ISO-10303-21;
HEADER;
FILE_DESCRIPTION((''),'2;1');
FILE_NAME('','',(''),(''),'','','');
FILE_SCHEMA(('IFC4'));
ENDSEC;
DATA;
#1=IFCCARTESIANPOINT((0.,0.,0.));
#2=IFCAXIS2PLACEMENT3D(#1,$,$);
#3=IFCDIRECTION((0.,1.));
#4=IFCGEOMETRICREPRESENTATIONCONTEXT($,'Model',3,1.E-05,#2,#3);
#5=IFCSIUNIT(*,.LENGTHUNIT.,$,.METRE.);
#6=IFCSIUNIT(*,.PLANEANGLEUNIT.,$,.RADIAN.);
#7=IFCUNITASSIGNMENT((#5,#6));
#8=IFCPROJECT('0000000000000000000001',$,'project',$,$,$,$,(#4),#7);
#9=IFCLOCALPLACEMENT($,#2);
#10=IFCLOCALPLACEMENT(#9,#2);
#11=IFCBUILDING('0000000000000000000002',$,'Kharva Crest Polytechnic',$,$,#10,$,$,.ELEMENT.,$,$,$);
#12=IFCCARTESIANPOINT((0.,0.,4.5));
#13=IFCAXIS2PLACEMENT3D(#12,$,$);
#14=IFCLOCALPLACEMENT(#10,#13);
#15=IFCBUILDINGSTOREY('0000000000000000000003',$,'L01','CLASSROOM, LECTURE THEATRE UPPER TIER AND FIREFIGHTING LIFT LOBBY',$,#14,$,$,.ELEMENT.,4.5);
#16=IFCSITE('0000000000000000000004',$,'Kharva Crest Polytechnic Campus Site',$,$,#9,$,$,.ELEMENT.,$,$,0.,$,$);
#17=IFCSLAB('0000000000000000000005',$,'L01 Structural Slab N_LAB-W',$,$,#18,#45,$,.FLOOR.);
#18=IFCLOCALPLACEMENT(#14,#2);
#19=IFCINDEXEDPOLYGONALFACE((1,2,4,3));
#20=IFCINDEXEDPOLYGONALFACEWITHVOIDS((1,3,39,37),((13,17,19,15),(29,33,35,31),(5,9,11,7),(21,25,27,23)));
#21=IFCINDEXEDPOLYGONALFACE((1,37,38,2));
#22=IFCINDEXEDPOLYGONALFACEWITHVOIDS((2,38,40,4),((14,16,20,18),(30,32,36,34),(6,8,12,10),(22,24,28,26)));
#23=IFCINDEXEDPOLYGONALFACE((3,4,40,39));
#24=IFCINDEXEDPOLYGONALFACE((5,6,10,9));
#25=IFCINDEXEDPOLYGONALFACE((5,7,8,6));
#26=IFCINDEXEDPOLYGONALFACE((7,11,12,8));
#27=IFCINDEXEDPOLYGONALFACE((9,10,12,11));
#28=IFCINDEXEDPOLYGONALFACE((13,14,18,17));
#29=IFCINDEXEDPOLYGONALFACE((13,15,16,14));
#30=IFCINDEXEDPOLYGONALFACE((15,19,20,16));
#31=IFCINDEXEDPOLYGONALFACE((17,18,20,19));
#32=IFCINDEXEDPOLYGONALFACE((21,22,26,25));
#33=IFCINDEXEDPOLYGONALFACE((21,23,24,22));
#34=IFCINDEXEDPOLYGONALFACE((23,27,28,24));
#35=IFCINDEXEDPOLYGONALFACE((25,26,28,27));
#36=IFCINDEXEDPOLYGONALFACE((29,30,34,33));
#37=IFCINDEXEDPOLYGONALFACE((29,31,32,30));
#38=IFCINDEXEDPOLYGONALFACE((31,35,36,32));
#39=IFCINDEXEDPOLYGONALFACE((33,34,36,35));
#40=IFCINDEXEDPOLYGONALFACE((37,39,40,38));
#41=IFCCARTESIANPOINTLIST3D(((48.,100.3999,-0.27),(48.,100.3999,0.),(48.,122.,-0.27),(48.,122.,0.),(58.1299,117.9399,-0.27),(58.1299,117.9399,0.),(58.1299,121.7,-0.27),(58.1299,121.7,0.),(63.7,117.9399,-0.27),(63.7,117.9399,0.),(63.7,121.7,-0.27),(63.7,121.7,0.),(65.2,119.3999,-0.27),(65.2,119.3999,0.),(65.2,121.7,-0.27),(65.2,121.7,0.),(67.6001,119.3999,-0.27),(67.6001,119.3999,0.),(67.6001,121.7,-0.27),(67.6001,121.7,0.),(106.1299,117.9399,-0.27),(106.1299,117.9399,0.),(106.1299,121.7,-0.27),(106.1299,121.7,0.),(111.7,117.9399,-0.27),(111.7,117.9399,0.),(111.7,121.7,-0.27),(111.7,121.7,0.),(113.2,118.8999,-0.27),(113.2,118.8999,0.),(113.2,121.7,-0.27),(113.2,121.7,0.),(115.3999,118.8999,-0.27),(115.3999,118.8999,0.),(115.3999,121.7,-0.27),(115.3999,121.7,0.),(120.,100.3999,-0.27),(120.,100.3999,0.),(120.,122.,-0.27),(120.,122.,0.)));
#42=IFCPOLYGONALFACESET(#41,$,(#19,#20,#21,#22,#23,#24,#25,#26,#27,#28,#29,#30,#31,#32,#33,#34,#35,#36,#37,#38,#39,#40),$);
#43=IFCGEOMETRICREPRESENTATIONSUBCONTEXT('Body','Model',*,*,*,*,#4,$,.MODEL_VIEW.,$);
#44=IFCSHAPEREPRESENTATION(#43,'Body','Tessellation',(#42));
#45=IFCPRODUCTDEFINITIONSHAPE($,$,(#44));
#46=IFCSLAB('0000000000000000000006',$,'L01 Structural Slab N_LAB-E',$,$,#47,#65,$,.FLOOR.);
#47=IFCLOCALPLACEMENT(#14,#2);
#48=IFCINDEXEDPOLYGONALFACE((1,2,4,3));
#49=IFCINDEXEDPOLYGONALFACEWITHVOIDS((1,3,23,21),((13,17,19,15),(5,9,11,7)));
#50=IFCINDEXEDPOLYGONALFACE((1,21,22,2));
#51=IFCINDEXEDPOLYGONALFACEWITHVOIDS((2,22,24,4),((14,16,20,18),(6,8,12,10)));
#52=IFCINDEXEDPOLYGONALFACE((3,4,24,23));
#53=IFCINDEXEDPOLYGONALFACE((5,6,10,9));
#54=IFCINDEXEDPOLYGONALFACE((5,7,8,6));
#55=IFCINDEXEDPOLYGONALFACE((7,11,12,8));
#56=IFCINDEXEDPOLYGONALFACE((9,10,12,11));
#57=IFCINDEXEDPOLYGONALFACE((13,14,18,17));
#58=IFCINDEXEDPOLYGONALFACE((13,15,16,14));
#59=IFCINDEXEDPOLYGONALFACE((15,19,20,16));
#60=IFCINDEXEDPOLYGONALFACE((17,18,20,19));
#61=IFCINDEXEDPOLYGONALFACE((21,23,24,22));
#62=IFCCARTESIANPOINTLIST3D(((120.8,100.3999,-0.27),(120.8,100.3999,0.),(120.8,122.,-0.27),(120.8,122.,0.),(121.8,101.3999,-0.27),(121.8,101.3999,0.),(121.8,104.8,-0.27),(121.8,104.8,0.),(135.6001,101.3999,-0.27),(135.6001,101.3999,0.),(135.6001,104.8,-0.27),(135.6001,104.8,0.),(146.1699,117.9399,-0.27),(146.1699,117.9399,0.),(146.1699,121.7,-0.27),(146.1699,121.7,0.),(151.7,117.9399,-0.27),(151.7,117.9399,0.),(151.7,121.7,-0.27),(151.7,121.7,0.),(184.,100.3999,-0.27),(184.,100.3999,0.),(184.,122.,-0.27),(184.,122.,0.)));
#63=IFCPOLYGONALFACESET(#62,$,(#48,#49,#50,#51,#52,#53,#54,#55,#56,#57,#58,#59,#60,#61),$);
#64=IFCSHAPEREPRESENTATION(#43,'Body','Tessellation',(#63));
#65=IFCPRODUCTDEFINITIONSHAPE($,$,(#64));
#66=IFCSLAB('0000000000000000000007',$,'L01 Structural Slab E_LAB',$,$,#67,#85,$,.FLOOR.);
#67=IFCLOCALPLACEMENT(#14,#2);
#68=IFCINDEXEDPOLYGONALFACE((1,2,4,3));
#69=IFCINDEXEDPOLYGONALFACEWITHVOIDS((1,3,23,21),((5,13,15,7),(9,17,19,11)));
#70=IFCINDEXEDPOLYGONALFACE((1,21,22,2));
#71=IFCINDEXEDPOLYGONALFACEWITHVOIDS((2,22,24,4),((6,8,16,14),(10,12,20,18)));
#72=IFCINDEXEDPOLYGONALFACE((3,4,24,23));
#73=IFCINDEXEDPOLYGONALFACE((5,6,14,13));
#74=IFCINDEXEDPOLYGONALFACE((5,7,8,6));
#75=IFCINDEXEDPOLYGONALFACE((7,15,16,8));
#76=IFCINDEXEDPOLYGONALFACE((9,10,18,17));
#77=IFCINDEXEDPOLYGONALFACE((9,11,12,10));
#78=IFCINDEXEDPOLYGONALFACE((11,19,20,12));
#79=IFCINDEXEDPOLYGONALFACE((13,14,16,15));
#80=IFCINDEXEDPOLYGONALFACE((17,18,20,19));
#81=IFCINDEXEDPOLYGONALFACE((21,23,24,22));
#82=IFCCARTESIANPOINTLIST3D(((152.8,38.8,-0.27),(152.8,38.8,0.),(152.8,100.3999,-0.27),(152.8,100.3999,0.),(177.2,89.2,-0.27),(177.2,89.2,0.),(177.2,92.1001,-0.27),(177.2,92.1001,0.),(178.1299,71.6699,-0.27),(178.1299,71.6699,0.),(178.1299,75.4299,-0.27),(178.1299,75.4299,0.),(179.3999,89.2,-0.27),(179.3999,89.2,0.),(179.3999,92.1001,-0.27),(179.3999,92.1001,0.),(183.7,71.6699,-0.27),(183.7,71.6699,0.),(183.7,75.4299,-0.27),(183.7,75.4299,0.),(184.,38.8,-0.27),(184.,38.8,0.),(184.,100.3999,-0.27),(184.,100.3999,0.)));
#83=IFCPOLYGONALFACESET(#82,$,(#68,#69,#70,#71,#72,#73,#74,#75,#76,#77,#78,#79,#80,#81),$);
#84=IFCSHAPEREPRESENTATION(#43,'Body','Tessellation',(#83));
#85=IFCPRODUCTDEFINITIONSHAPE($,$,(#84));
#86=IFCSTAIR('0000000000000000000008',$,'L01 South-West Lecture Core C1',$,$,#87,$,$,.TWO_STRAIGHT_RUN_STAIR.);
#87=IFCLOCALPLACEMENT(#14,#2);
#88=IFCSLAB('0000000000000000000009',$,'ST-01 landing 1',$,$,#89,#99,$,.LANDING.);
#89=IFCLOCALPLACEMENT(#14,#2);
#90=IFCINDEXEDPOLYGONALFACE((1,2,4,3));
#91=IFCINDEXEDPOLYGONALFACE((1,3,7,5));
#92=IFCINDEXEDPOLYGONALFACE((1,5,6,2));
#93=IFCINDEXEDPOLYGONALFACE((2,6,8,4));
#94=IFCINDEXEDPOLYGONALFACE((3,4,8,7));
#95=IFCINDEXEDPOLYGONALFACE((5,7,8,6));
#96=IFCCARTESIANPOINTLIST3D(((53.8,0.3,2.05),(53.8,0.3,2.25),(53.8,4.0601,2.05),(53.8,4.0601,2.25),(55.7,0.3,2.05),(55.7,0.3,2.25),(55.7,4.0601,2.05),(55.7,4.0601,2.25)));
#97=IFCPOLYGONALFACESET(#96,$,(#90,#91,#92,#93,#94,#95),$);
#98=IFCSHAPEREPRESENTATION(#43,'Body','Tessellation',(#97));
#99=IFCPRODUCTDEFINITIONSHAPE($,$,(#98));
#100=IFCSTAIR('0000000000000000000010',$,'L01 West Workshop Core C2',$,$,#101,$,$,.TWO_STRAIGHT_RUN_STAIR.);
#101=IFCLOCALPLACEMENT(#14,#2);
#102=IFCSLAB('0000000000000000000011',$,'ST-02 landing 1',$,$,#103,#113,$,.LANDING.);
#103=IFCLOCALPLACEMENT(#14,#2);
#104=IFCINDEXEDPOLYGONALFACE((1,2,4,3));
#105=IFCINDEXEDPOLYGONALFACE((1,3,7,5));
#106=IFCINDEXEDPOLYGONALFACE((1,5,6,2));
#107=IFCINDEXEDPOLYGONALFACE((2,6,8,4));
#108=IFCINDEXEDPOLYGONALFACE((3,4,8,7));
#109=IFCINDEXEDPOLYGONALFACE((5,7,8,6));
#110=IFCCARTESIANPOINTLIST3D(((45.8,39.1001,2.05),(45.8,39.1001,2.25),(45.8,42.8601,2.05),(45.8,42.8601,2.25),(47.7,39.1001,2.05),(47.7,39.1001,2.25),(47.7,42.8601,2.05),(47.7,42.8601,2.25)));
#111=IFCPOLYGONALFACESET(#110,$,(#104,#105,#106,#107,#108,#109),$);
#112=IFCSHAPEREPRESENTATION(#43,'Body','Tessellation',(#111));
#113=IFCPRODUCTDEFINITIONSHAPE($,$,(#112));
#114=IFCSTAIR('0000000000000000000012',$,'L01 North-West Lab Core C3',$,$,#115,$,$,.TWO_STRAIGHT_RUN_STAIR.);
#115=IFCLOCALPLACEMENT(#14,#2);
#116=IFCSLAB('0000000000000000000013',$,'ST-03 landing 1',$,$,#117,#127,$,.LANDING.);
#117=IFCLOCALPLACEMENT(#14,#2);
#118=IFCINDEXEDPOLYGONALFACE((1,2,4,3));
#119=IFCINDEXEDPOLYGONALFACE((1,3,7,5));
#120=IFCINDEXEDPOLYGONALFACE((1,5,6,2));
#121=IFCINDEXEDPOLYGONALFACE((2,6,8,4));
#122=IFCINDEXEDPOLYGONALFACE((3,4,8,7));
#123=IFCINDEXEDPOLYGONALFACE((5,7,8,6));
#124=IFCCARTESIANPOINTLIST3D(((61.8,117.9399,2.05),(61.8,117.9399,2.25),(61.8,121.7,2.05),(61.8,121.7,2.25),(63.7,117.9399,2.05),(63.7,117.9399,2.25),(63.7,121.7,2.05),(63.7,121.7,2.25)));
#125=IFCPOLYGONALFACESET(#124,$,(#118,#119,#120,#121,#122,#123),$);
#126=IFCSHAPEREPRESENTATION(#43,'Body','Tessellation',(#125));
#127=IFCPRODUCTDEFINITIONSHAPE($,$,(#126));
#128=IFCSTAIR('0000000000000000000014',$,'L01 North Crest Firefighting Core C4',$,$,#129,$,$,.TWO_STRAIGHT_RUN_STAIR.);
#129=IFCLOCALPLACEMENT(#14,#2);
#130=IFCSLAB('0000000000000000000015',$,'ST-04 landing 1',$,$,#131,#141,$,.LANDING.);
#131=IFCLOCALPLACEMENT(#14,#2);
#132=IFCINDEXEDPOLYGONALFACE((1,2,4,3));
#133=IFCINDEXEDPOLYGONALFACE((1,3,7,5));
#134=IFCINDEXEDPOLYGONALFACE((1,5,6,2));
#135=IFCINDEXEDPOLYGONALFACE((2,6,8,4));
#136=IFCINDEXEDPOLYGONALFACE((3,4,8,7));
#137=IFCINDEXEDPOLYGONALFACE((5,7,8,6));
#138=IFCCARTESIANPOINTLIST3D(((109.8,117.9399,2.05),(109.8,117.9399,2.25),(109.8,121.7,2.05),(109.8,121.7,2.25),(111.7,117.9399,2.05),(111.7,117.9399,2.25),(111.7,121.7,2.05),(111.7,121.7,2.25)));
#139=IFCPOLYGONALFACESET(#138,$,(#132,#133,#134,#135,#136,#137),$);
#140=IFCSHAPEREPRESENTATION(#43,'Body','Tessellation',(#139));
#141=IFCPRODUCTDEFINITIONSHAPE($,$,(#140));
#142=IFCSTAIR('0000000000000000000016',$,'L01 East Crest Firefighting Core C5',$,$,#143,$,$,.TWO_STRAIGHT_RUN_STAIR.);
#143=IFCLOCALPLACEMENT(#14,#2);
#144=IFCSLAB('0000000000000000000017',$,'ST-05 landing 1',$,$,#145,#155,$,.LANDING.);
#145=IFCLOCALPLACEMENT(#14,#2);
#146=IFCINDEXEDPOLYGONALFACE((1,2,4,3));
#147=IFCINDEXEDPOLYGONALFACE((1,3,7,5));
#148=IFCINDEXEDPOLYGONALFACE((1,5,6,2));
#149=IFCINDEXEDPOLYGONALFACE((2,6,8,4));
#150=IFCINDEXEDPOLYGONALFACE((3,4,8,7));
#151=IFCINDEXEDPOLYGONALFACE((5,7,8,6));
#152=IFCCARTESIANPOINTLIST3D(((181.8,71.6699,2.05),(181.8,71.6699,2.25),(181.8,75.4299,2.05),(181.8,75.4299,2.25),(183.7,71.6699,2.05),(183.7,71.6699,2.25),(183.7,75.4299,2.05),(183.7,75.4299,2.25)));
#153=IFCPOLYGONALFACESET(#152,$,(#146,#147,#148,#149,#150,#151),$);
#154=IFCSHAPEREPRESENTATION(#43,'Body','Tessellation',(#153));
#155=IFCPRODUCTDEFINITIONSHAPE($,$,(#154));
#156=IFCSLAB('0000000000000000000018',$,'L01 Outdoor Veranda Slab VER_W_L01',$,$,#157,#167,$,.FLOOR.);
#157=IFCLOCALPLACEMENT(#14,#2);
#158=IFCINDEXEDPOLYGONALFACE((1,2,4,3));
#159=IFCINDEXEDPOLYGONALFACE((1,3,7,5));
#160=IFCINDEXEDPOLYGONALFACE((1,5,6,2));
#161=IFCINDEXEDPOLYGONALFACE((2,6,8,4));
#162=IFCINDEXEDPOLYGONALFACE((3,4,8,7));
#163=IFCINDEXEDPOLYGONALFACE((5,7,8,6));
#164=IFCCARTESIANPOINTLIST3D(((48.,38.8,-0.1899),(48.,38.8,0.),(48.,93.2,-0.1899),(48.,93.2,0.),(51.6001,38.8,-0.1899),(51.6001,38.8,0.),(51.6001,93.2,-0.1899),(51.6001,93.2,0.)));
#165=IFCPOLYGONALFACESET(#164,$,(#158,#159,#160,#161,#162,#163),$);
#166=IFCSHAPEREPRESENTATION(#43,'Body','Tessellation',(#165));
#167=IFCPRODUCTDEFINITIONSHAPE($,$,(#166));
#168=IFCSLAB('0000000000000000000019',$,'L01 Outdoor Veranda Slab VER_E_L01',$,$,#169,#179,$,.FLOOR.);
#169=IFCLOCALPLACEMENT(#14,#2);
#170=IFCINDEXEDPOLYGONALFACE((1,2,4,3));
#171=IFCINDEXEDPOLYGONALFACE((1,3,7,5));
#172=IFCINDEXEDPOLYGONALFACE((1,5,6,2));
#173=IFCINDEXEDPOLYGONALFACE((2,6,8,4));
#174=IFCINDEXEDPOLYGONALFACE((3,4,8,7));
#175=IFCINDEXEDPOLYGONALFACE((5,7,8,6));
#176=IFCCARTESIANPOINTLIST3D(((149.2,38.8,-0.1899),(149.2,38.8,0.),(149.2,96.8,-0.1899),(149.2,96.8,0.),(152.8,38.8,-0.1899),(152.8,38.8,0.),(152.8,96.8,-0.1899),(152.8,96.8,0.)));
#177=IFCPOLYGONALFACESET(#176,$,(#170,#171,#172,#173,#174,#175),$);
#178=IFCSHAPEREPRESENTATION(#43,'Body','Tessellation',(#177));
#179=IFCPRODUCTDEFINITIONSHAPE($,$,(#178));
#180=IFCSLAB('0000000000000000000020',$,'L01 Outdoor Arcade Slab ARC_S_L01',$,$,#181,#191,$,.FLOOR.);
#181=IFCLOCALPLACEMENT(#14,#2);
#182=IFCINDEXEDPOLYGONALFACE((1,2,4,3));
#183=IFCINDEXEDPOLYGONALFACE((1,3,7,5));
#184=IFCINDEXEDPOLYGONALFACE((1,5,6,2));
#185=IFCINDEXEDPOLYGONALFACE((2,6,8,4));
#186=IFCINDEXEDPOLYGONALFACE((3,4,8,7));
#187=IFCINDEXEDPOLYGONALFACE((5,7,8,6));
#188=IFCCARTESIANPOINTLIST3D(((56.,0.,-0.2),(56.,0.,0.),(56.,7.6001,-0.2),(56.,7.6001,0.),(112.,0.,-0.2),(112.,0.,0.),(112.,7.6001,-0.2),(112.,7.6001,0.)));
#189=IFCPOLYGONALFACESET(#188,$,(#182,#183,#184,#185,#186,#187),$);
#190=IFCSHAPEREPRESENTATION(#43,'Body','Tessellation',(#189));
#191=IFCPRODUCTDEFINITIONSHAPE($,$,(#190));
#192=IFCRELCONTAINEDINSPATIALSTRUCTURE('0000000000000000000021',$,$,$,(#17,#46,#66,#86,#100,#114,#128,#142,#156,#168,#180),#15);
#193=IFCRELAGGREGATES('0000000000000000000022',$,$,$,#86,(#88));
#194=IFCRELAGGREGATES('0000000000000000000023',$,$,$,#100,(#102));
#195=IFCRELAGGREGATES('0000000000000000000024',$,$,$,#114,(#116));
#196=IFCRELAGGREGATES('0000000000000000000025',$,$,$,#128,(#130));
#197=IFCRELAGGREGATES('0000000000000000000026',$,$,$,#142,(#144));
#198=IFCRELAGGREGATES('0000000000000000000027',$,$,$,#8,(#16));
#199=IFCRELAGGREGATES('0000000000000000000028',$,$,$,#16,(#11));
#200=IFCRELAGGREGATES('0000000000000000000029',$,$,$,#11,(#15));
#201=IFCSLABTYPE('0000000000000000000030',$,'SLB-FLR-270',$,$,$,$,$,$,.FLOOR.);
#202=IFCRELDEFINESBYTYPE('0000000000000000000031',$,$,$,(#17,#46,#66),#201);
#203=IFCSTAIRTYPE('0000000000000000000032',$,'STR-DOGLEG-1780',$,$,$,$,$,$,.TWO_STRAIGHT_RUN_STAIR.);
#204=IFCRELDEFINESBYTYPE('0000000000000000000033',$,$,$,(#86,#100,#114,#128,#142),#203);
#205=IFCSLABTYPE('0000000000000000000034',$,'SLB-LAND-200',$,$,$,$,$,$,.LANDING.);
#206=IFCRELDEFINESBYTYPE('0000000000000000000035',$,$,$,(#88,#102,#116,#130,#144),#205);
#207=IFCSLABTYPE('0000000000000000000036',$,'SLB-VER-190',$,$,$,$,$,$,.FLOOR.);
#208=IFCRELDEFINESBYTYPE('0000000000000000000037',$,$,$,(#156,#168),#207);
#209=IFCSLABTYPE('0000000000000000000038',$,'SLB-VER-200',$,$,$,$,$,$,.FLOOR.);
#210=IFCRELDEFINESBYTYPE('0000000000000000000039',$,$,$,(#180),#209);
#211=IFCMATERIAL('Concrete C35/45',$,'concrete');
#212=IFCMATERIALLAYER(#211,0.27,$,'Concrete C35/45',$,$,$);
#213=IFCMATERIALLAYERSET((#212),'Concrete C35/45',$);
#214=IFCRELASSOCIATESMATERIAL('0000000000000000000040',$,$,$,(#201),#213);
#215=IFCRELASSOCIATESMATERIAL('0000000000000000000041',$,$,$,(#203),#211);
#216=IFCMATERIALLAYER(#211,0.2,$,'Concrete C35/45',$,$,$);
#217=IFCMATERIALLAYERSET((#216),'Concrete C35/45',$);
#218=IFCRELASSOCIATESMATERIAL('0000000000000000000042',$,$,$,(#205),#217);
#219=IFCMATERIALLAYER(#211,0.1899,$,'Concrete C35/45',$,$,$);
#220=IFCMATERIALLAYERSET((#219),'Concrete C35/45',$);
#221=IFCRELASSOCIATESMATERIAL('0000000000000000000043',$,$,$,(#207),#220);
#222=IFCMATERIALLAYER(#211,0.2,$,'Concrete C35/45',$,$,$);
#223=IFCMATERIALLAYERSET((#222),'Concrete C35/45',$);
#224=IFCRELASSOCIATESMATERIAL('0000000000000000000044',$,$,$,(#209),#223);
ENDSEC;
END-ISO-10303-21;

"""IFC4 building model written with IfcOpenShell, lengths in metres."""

from ifc_helpers import new_model, si_unit, direction, frame, origin, place, context, subcontext, project, spatial, polyline, outline, extrude, material, layer, layer_set, type_object, element, aggregate, save


model = new_model("IFC4")

# Units and contexts
model_context = context("Model", 3, precision=1e-05, world=origin(), true_north=direction((0.0, 1.0)))
body_context = subcontext(model_context, "Body", "Model", "MODEL_VIEW")
ifc_project = project(units=[si_unit("LENGTHUNIT", "METRE"), si_unit("PLANEANGLEUNIT", "RADIAN")], contexts=[model_context])

# Site, building, storey
site_placement = place(None, origin())
site = spatial("IfcSite", under=ifc_project, at=site_placement, Name="Kharva Crest Polytechnic Campus Site", CompositionType="ELEMENT", RefElevation=0.0)
building_placement = place(site_placement, origin())
building = spatial("IfcBuilding", under=site, at=building_placement, Name="Kharva Crest Polytechnic", CompositionType="ELEMENT")
storey_placement = place(building_placement, frame((0.0, 0.0, 4.5)))
storey = spatial("IfcBuildingStorey", under=building, at=storey_placement, Name="L01", Description="CLASSROOM, LECTURE THEATRE UPPER TIER AND FIREFIGHTING LIFT LOBBY", CompositionType="ELEMENT", Elevation=4.5)

# Slabs
ifc_material_1 = material(Name="Concrete C35/45", Category="concrete")
ifc_layer_1 = layer(ifc_material_1, 0.27, Name="Concrete C35/45")
ifc_layer_set_1 = layer_set([ifc_layer_1], Name="Concrete C35/45")
slab_type_1 = type_object("IfcSlabType", Name="SLB-FLR-270", PredefinedType="FLOOR", material=ifc_layer_set_1)
slab_1_placement = place(storey_placement, frame((0.0, 0.0, -0.27)))
element("IfcSlab", 1, at=slab_1_placement, inside=storey, type_object=slab_type_1, Name="L01 Structural Slab N_LAB-W", PredefinedType="FLOOR", context=body_context, shape_type="SweptSolid", body=[
    extrude(outline(polyline([(48.0, 100.3999), (120.0, 100.3999), (120.0, 122.0), (48.0, 122.0), (48.0, 100.3999)]), holes=[polyline([(58.1299, 117.9399), (63.7, 117.9399), (63.7, 121.7), (58.1299, 121.7), (58.1299, 117.9399)]), polyline([(65.2, 119.3999), (67.6001, 119.3999), (67.6001, 121.7), (65.2, 121.7), (65.2, 119.3999)]), polyline([(106.1299, 117.9399), (111.7, 117.9399), (111.7, 121.7), (106.1299, 121.7), (106.1299, 117.9399)]), polyline([(113.2, 118.8999), (115.3999, 118.8999), (115.3999, 121.7), (113.2, 121.7), (113.2, 118.8999)])]), origin(), (0.0, 0.0, 1.0), 0.27),
])
slab_2_placement = place(storey_placement, frame((0.0, 0.0, -0.27)))
element("IfcSlab", 2, at=slab_2_placement, inside=storey, type_object=slab_type_1, Name="L01 Structural Slab N_LAB-E", PredefinedType="FLOOR", context=body_context, shape_type="SweptSolid", body=[
    extrude(outline(polyline([(120.8, 100.3999), (184.0, 100.3999), (184.0, 122.0), (120.8, 122.0), (120.8, 100.3999)]), holes=[polyline([(146.1699, 117.9399), (151.7, 117.9399), (151.7, 121.7), (146.1699, 121.7), (146.1699, 117.9399)]), polyline([(121.8, 101.3999), (135.6001, 101.3999), (135.6001, 104.8), (121.8, 104.8), (121.8, 101.3999)])]), origin(), (0.0, 0.0, 1.0), 0.27),
])
slab_3_placement = place(storey_placement, frame((0.0, 0.0, -0.27)))
element("IfcSlab", 3, at=slab_3_placement, inside=storey, type_object=slab_type_1, Name="L01 Structural Slab E_LAB", PredefinedType="FLOOR", context=body_context, shape_type="SweptSolid", body=[
    extrude(outline(polyline([(152.8, 38.8), (184.0, 38.8), (184.0, 100.3999), (152.8, 100.3999), (152.8, 38.8)]), holes=[polyline([(178.1299, 71.6699), (183.7, 71.6699), (183.7, 75.4299), (178.1299, 75.4299), (178.1299, 71.6699)]), polyline([(177.2, 89.2), (179.3999, 89.2), (179.3999, 92.1001), (177.2, 92.1001), (177.2, 89.2)])]), origin(), (0.0, 0.0, 1.0), 0.27),
])

# Stairs, slabs
stair_type = type_object("IfcStairType", Name="STR-DOGLEG-1780", PredefinedType="TWO_STRAIGHT_RUN_STAIR", material=ifc_material_1)
stair_1_placement = place(storey_placement, origin())
stair_1 = element("IfcStair", 4, at=stair_1_placement, inside=storey, type_object=stair_type, Name="L01 South-West Lecture Core C1", PredefinedType="TWO_STRAIGHT_RUN_STAIR")
ifc_layer_2 = layer(ifc_material_1, 0.2, Name="Concrete C35/45")
ifc_layer_set_2 = layer_set([ifc_layer_2], Name="Concrete C35/45")
slab_type_2 = type_object("IfcSlabType", Name="SLB-LAND-200", PredefinedType="LANDING", material=ifc_layer_set_2)
slab_4_placement = place(storey_placement, frame((0.0, 0.0, 2.05)))
slab_4 = element("IfcSlab", 5, at=slab_4_placement, type_object=slab_type_2, Name="ST-01 landing 1", PredefinedType="LANDING", context=body_context, shape_type="SweptSolid", body=[
    extrude(outline(polyline([(53.8, 0.3), (55.7, 0.3), (55.7, 4.0601), (53.8, 4.0601), (53.8, 0.3)])), origin(), (0.0, 0.0, 1.0), 0.2),
])
aggregate(stair_1, [slab_4])
stair_2_placement = place(storey_placement, origin())
stair_2 = element("IfcStair", 6, at=stair_2_placement, inside=storey, type_object=stair_type, Name="L01 West Workshop Core C2", PredefinedType="TWO_STRAIGHT_RUN_STAIR")
slab_5_placement = place(storey_placement, frame((0.0, 0.0, 2.05)))
slab_5 = element("IfcSlab", 7, at=slab_5_placement, type_object=slab_type_2, Name="ST-02 landing 1", PredefinedType="LANDING", context=body_context, shape_type="SweptSolid", body=[
    extrude(outline(polyline([(45.8, 39.1001), (47.7, 39.1001), (47.7, 42.8601), (45.8, 42.8601), (45.8, 39.1001)])), origin(), (0.0, 0.0, 1.0), 0.2),
])
aggregate(stair_2, [slab_5])
stair_3_placement = place(storey_placement, origin())
stair_3 = element("IfcStair", 8, at=stair_3_placement, inside=storey, type_object=stair_type, Name="L01 North-West Lab Core C3", PredefinedType="TWO_STRAIGHT_RUN_STAIR")
slab_6_placement = place(storey_placement, frame((0.0, 0.0, 2.05)))
slab_6 = element("IfcSlab", 9, at=slab_6_placement, type_object=slab_type_2, Name="ST-03 landing 1", PredefinedType="LANDING", context=body_context, shape_type="SweptSolid", body=[
    extrude(outline(polyline([(61.8, 117.9399), (63.7, 117.9399), (63.7, 121.7), (61.8, 121.7), (61.8, 117.9399)])), origin(), (0.0, 0.0, 1.0), 0.2),
])
aggregate(stair_3, [slab_6])
stair_4_placement = place(storey_placement, origin())
stair_4 = element("IfcStair", 10, at=stair_4_placement, inside=storey, type_object=stair_type, Name="L01 North Crest Firefighting Core C4", PredefinedType="TWO_STRAIGHT_RUN_STAIR")
slab_7_placement = place(storey_placement, frame((0.0, 0.0, 2.05)))
slab_7 = element("IfcSlab", 11, at=slab_7_placement, type_object=slab_type_2, Name="ST-04 landing 1", PredefinedType="LANDING", context=body_context, shape_type="SweptSolid", body=[
    extrude(outline(polyline([(109.8, 117.9399), (111.7, 117.9399), (111.7, 121.7), (109.8, 121.7), (109.8, 117.9399)])), origin(), (0.0, 0.0, 1.0), 0.2),
])
aggregate(stair_4, [slab_7])
stair_5_placement = place(storey_placement, origin())
stair_5 = element("IfcStair", 12, at=stair_5_placement, inside=storey, type_object=stair_type, Name="L01 East Crest Firefighting Core C5", PredefinedType="TWO_STRAIGHT_RUN_STAIR")
slab_8_placement = place(storey_placement, frame((0.0, 0.0, 2.05)))
slab_8 = element("IfcSlab", 13, at=slab_8_placement, type_object=slab_type_2, Name="ST-05 landing 1", PredefinedType="LANDING", context=body_context, shape_type="SweptSolid", body=[
    extrude(outline(polyline([(181.8, 71.6699), (183.7, 71.6699), (183.7, 75.4299), (181.8, 75.4299), (181.8, 71.6699)])), origin(), (0.0, 0.0, 1.0), 0.2),
])
aggregate(stair_5, [slab_8])

# Slabs
ifc_layer_3 = layer(ifc_material_1, 0.1899, Name="Concrete C35/45")
ifc_layer_set_3 = layer_set([ifc_layer_3], Name="Concrete C35/45")
slab_type_3 = type_object("IfcSlabType", Name="SLB-VER-190", PredefinedType="FLOOR", material=ifc_layer_set_3)
slab_9_placement = place(storey_placement, frame((0.0, 0.0, -0.1899)))
element("IfcSlab", 14, at=slab_9_placement, inside=storey, type_object=slab_type_3, Name="L01 Outdoor Veranda Slab VER_W_L01", PredefinedType="FLOOR", context=body_context, shape_type="SweptSolid", body=[
    extrude(outline(polyline([(48.0, 38.8), (51.6001, 38.8), (51.6001, 93.2), (48.0, 93.2), (48.0, 38.8)])), origin(), (0.0, 0.0, 1.0), 0.1899),
])
slab_10_placement = place(storey_placement, frame((0.0, 0.0, -0.1899)))
element("IfcSlab", 15, at=slab_10_placement, inside=storey, type_object=slab_type_3, Name="L01 Outdoor Veranda Slab VER_E_L01", PredefinedType="FLOOR", context=body_context, shape_type="SweptSolid", body=[
    extrude(outline(polyline([(149.2, 38.8), (152.8, 38.8), (152.8, 96.8), (149.2, 96.8), (149.2, 38.8)])), origin(), (0.0, 0.0, 1.0), 0.1899),
])
ifc_layer_4 = layer(ifc_material_1, 0.2, Name="Concrete C35/45")
ifc_layer_set_4 = layer_set([ifc_layer_4], Name="Concrete C35/45")
slab_type_4 = type_object("IfcSlabType", Name="SLB-VER-200", PredefinedType="FLOOR", material=ifc_layer_set_4)
slab_11_placement = place(storey_placement, frame((0.0, 0.0, -0.2)))
element("IfcSlab", 16, at=slab_11_placement, inside=storey, type_object=slab_type_4, Name="L01 Outdoor Arcade Slab ARC_S_L01", PredefinedType="FLOOR", context=body_context, shape_type="SweptSolid", body=[
    extrude(outline(polyline([(56.0, 0.0), (112.0, 0.0), (112.0, 7.6001), (56.0, 7.6001), (56.0, 0.0)])), origin(), (0.0, 0.0, 1.0), 0.2),
])

save(model, "model.ifc")
